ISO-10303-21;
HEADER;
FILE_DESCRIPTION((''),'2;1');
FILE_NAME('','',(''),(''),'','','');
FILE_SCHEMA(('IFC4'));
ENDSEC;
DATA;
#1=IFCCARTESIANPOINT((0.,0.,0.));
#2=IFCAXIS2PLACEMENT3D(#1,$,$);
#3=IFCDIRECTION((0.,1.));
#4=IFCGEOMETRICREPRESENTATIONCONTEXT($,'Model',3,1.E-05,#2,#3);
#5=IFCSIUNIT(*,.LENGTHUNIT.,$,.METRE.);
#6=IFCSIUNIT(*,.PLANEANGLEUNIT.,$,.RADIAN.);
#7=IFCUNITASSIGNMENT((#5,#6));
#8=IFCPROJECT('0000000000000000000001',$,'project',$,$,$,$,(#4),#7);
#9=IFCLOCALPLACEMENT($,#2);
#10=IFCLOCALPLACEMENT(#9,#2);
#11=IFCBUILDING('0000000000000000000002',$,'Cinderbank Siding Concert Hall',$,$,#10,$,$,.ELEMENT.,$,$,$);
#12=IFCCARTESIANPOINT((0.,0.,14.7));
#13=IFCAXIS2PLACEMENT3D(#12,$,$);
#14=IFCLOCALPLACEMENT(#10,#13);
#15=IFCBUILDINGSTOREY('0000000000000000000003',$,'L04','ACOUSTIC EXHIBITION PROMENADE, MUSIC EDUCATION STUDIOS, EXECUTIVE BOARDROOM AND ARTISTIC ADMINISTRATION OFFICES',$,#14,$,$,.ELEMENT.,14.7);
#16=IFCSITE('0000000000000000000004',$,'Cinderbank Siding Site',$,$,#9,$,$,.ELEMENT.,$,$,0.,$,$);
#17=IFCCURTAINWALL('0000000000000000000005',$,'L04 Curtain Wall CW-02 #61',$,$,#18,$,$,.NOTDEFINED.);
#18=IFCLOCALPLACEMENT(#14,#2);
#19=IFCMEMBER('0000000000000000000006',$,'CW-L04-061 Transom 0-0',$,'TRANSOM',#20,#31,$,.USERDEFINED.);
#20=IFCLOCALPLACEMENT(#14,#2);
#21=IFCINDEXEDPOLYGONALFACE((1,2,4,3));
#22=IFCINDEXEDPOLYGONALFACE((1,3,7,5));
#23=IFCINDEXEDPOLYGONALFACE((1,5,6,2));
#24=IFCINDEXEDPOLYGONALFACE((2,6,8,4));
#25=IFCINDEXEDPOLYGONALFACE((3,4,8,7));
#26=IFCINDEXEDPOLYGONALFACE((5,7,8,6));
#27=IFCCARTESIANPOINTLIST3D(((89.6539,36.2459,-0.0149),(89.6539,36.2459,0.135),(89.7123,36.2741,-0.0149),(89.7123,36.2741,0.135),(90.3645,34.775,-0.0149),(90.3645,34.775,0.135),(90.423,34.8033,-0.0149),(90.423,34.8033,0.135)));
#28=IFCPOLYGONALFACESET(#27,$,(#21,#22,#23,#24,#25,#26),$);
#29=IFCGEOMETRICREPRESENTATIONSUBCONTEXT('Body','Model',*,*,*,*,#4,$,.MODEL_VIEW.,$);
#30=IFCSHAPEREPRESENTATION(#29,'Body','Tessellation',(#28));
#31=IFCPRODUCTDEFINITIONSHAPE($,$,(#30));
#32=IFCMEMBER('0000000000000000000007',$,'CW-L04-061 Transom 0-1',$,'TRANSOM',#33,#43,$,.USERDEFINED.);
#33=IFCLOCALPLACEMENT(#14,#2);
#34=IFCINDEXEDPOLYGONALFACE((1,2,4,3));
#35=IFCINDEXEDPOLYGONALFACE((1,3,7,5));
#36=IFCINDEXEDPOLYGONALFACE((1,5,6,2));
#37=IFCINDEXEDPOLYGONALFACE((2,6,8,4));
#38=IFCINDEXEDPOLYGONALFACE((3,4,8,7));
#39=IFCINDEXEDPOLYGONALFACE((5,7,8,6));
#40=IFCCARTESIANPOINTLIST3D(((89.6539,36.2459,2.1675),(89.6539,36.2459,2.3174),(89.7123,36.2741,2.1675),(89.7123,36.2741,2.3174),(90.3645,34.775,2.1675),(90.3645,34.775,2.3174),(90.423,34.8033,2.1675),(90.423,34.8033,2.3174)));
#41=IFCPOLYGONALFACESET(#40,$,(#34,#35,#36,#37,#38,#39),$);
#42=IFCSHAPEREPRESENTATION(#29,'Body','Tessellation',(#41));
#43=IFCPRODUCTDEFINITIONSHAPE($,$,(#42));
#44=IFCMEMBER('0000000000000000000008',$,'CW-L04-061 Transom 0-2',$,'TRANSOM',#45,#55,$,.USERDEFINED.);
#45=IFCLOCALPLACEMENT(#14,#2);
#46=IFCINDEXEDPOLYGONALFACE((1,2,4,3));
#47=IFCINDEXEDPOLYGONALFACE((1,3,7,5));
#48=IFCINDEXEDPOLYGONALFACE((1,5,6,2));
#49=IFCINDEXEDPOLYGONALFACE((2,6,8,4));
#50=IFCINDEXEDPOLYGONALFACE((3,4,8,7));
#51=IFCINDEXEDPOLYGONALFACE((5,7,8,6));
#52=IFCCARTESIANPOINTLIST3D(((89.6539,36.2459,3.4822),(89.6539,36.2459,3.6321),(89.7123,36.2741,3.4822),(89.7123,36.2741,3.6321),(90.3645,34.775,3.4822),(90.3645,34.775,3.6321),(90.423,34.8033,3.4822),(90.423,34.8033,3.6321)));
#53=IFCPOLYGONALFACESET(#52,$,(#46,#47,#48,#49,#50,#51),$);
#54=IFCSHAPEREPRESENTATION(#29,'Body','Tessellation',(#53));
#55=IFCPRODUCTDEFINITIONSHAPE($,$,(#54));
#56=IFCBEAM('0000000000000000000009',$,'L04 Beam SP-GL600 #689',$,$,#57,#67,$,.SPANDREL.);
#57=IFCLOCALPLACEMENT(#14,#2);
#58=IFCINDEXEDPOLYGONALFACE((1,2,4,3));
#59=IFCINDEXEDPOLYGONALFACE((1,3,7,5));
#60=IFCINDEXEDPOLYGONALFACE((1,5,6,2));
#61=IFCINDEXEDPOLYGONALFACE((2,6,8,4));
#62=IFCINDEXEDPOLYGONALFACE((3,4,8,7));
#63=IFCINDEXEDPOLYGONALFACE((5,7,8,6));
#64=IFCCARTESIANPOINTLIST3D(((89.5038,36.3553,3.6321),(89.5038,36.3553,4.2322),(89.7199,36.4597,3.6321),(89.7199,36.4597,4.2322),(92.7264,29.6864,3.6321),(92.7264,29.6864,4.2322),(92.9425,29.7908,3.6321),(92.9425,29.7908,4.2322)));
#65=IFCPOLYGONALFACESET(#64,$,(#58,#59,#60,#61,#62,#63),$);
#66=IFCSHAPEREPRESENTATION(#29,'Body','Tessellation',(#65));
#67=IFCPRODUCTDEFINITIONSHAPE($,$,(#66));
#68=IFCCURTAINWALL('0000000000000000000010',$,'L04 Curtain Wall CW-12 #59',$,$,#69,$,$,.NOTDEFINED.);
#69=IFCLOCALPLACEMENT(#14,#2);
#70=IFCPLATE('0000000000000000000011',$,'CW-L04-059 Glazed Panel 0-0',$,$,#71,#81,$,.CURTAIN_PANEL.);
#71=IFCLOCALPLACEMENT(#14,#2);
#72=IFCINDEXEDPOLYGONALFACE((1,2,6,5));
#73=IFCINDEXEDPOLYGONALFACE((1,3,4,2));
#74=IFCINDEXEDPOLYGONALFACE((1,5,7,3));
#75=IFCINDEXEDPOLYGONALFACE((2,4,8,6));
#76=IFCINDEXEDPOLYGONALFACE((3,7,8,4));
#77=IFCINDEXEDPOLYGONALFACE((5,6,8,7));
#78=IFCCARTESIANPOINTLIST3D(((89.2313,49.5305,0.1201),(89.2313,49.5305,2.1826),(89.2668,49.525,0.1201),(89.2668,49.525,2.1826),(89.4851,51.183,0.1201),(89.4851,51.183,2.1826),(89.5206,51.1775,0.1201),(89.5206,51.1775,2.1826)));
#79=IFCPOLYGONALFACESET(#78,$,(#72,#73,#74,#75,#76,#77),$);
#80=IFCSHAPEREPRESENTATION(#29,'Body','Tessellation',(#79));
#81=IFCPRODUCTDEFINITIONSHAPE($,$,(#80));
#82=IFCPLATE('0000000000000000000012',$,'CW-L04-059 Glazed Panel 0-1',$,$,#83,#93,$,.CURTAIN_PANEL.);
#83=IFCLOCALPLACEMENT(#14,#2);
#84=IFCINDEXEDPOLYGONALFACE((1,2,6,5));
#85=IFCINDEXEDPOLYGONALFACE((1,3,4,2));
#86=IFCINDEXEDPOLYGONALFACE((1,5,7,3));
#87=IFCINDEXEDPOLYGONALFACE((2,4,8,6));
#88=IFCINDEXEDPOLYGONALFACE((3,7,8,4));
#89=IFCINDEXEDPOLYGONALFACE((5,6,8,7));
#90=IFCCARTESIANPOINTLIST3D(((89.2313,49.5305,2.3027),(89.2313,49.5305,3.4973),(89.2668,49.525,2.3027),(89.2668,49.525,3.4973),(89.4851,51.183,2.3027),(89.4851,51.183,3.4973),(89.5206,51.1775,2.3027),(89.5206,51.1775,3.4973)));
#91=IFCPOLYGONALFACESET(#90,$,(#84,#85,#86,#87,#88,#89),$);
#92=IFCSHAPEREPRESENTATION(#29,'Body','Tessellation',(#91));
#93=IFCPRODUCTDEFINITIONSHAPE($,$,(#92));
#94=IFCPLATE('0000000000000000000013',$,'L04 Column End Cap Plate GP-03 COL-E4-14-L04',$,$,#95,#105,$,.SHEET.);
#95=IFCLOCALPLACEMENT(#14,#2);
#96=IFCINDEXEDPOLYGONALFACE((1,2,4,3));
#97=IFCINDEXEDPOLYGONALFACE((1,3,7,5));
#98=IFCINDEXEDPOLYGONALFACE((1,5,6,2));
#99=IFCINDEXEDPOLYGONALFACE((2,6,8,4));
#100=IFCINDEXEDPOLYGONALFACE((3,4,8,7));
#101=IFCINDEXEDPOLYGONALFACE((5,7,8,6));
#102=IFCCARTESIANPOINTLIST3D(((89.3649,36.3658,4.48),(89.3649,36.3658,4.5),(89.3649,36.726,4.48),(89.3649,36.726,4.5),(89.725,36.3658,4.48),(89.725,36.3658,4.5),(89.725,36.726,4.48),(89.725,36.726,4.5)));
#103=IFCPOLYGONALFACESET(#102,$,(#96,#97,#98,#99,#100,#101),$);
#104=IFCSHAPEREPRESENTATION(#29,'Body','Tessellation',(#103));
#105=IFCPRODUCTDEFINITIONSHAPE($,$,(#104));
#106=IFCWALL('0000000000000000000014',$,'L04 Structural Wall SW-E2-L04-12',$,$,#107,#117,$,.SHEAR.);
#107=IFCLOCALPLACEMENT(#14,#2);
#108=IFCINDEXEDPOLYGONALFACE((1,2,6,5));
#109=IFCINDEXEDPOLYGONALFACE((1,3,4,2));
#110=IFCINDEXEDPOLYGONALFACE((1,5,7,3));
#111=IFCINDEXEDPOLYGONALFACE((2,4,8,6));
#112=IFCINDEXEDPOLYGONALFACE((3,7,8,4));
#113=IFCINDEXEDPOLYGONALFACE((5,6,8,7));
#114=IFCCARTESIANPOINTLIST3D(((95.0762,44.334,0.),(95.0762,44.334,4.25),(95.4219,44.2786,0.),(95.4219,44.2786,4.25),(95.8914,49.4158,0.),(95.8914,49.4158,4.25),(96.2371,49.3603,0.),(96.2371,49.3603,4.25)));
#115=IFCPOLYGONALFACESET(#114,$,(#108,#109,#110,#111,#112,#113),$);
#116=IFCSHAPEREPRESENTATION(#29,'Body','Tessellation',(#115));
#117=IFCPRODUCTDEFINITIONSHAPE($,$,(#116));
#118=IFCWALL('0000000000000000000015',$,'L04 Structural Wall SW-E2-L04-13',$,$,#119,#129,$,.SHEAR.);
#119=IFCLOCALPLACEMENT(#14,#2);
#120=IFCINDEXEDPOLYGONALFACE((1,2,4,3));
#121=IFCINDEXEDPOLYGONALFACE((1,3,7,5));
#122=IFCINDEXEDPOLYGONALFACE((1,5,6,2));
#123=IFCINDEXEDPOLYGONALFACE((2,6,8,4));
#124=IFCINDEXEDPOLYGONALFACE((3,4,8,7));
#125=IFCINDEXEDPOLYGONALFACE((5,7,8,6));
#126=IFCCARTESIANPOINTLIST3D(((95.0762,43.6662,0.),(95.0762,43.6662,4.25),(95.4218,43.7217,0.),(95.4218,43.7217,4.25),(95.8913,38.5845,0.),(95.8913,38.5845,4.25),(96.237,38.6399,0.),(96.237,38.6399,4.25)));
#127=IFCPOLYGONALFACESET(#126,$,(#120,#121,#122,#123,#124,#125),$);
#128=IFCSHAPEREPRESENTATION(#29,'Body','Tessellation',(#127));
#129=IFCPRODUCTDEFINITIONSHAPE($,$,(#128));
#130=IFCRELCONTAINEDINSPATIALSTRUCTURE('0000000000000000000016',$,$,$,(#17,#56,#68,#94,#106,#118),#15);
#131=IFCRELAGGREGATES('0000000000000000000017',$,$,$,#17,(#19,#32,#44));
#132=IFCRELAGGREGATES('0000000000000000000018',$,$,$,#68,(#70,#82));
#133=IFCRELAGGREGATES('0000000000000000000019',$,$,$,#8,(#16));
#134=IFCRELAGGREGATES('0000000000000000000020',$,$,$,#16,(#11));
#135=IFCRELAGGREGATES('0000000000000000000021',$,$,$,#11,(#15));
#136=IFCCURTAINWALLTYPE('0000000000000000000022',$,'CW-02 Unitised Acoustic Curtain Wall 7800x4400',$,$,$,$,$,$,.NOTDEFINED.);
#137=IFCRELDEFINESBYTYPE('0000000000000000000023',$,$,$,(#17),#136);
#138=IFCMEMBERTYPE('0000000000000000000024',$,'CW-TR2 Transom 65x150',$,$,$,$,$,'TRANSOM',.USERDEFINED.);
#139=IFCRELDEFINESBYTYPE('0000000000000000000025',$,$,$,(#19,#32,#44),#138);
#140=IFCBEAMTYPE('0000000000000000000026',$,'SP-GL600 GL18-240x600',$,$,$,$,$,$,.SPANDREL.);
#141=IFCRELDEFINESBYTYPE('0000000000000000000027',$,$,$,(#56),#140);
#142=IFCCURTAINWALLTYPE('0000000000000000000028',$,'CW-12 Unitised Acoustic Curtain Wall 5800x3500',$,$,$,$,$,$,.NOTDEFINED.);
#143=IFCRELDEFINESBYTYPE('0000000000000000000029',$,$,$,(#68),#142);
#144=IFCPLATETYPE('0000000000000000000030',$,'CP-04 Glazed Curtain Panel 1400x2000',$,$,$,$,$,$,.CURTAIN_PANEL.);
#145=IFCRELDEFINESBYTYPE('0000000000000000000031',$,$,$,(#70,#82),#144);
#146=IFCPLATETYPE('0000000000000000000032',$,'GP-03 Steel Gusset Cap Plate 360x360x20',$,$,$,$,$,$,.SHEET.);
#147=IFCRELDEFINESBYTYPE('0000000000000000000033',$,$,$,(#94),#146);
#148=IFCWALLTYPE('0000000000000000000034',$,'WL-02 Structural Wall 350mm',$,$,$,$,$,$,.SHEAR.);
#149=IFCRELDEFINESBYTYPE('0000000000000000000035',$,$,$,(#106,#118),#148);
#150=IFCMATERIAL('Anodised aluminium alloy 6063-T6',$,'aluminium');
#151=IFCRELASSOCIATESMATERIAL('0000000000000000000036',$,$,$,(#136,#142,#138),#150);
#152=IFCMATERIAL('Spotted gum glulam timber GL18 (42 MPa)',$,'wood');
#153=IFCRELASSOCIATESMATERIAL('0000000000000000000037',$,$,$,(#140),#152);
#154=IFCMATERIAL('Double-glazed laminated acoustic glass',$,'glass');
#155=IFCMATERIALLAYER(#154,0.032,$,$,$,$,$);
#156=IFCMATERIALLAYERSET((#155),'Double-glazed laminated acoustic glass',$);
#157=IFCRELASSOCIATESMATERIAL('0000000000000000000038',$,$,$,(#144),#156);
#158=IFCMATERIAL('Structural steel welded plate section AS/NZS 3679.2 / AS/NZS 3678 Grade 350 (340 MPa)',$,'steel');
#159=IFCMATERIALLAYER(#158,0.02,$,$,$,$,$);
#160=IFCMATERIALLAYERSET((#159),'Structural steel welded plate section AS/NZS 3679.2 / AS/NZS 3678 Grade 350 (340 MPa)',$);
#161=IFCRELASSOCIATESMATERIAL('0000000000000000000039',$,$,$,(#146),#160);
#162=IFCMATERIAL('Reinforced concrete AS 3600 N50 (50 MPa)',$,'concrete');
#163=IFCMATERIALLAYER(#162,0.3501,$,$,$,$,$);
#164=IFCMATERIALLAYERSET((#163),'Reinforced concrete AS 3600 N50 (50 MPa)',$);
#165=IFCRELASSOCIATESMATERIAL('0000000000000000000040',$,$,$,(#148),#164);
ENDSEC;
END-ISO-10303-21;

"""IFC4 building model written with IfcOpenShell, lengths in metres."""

from ifc_helpers import new_model, si_unit, direction, frame, frame_2d, origin, origin_2d, place, context, subcontext, project, spatial, rectangle, extrude, material, layer, layer_set, material_profile, profile_set, type_object, element, aggregate, save


model = new_model("IFC4")

# Units and contexts
model_context = context("Model", 3, precision=1e-05, world=origin(), true_north=direction((0.0, 1.0)))
body_context = subcontext(model_context, "Body", "Model", "MODEL_VIEW")
ifc_project = project(units=[si_unit("LENGTHUNIT", "METRE"), si_unit("PLANEANGLEUNIT", "RADIAN")], contexts=[model_context])

# Site, building, storey
site_placement = place(None, origin())
site = spatial("IfcSite", under=ifc_project, at=site_placement, Name="Cinderbank Siding Site", CompositionType="ELEMENT", RefElevation=0.0)
building_placement = place(site_placement, origin())
building = spatial("IfcBuilding", under=site, at=building_placement, Name="Cinderbank Siding Concert Hall", CompositionType="ELEMENT")
storey_placement = place(building_placement, frame((0.0, 0.0, 14.7)))
storey = spatial("IfcBuildingStorey", under=building, at=storey_placement, Name="L04", Description="ACOUSTIC EXHIBITION PROMENADE, MUSIC EDUCATION STUDIOS, EXECUTIVE BOARDROOM AND ARTISTIC ADMINISTRATION OFFICES", CompositionType="ELEMENT", Elevation=14.7)

# Shared definitions
ifc_material_1 = material(Name="Reinforced concrete AS 3600 N50 (50 MPa)", Category="concrete")

# Shared definitions
ifc_material_2 = material(Name="Anodised aluminium alloy 6063-T6", Category="aluminium")

# Curtain wall, members
curtain_wall_type_1 = type_object("IfcCurtainWallType", Name="CW-02 Unitised Acoustic Curtain Wall 7800x4400", PredefinedType="NOTDEFINED", material=ifc_material_2)
curtain_wall_1_placement = place(storey_placement, origin())
curtain_wall_1 = element("IfcCurtainWall", 1, at=curtain_wall_1_placement, inside=storey, type_object=curtain_wall_type_1, Name="L04 Curtain Wall CW-02 #61", PredefinedType="NOTDEFINED")
ifc_material_profile_1 = material_profile(ifc_material_2, rectangle(XDim=0.0649, YDim=0.1499, at=origin_2d()), Name="ALU-TRAN-65x150", Category="LoadBearing")
ifc_profile_set_1 = profile_set([ifc_material_profile_1], Name="Anodised aluminium alloy 6063-T6")
member_type_1 = type_object("IfcMemberType", Name="CW-TR2 Transom 65x150", ElementType="TRANSOM", PredefinedType="USERDEFINED", material=ifc_profile_set_1)
member_1_placement = place(storey_placement, frame((89.6831, 36.26, 0.0601), z_axis=(0.435037, -0.900412, 0.0), x_axis=(0.900412, 0.435037, 0.0)))
member_1 = element("IfcMember", 2, at=member_1_placement, type_object=member_type_1, Name="CW-L04-061 Transom 0-0", ObjectType="TRANSOM", PredefinedType="USERDEFINED", context=body_context, shape_type="SweptSolid", body=[
    extrude(rectangle(XDim=0.0649, YDim=0.1499, at=origin_2d()), origin(), (0.0, 0.0, 1.0), 1.6335),
])
member_2_placement = place(storey_placement, frame((89.6831, 36.26, 2.2424), z_axis=(0.435037, -0.900412, 0.0), x_axis=(0.900412, 0.435037, 0.0)))
member_2 = element("IfcMember", 3, at=member_2_placement, type_object=member_type_1, Name="CW-L04-061 Transom 0-1", ObjectType="TRANSOM", PredefinedType="USERDEFINED", context=body_context, shape_type="SweptSolid", body=[
    extrude(rectangle(XDim=0.0649, YDim=0.1499, at=origin_2d()), origin(), (0.0, 0.0, 1.0), 1.6335),
])
member_3_placement = place(storey_placement, frame((89.6831, 36.26, 3.5571), z_axis=(0.435037, -0.900412, 0.0), x_axis=(0.900412, 0.435037, 0.0)))
member_3 = element("IfcMember", 4, at=member_3_placement, type_object=member_type_1, Name="CW-L04-061 Transom 0-2", ObjectType="TRANSOM", PredefinedType="USERDEFINED", context=body_context, shape_type="SweptSolid", body=[
    extrude(rectangle(XDim=0.0649, YDim=0.1499, at=origin_2d()), origin(), (0.0, 0.0, 1.0), 1.6335),
])
aggregate(curtain_wall_1, [member_1, member_2, member_3])

# Beam
ifc_material_3 = material(Name="Spotted gum glulam timber GL18 (42 MPa)", Category="wood")
ifc_material_profile_2 = material_profile(ifc_material_3, rectangle(XDim=0.24, YDim=0.6001, at=origin_2d()), Name="GL18-240x600", Category="LoadBearing")
ifc_profile_set_2 = profile_set([ifc_material_profile_2], Name="Spotted gum glulam timber GL18 (42 MPa)")
beam_type_1 = type_object("IfcBeamType", Name="SP-GL600 GL18-240x600", PredefinedType="SPANDREL", material=ifc_profile_set_2)
beam_1_placement = place(storey_placement, frame((89.6118, 36.4075, 3.9321), z_axis=(0.435096, -0.900384, 0.0), x_axis=(0.900384, 0.435096, 0.0)))
element("IfcBeam", 5, at=beam_1_placement, inside=storey, type_object=beam_type_1, Name="L04 Beam SP-GL600 #689", PredefinedType="SPANDREL", context=body_context, shape_type="SweptSolid", body=[
    extrude(rectangle(XDim=0.24, YDim=0.6001, at=origin_2d()), origin(), (0.0, 0.0, 1.0), 7.4067),
])

# Curtain wall, plates
curtain_wall_type_2 = type_object("IfcCurtainWallType", Name="CW-12 Unitised Acoustic Curtain Wall 5800x3500", PredefinedType="NOTDEFINED", material=ifc_material_2)
curtain_wall_2_placement = place(storey_placement, origin())
curtain_wall_2 = element("IfcCurtainWall", 6, at=curtain_wall_2_placement, inside=storey, type_object=curtain_wall_type_2, Name="L04 Curtain Wall CW-12 #59", PredefinedType="NOTDEFINED")
ifc_material_4 = material(Name="Double-glazed laminated acoustic glass", Category="glass")
ifc_layer_1 = layer(ifc_material_4, 0.032)
ifc_layer_set_1 = layer_set([ifc_layer_1], Name="Double-glazed laminated acoustic glass")
plate_type_1 = type_object("IfcPlateType", Name="CP-04 Glazed Curtain Panel 1400x2000", PredefinedType="CURTAIN_PANEL", material=ifc_layer_set_1)
plate_1_placement = place(storey_placement, frame((89.376, 50.354, 0.1201), z_axis=(0.0, 0.0, 1.0), x_axis=(-0.151815, -0.988409, 0.0)))
plate_1 = element("IfcPlate", 7, at=plate_1_placement, type_object=plate_type_1, Name="CW-L04-059 Glazed Panel 0-0", PredefinedType="CURTAIN_PANEL", context=body_context, shape_type="SweptSolid", body=[
    extrude(rectangle(XDim=1.6719, YDim=0.0359, at=origin_2d()), origin(), (0.0, 0.0, 1.0), 2.0625),
])
plate_2_placement = place(storey_placement, frame((89.376, 50.354, 2.3027), z_axis=(0.0, 0.0, 1.0), x_axis=(-0.151815, -0.988409, 0.0)))
plate_2 = element("IfcPlate", 8, at=plate_2_placement, type_object=plate_type_1, Name="CW-L04-059 Glazed Panel 0-1", PredefinedType="CURTAIN_PANEL", context=body_context, shape_type="SweptSolid", body=[
    extrude(rectangle(XDim=1.6719, YDim=0.0359, at=origin_2d()), origin(), (0.0, 0.0, 1.0), 1.1946),
])
aggregate(curtain_wall_2, [plate_1, plate_2])

# Plate
ifc_material_5 = material(Name="Structural steel welded plate section AS/NZS 3679.2 / AS/NZS 3678 Grade 350 (340 MPa)", Category="steel")
ifc_layer_2 = layer(ifc_material_5, 0.02)
ifc_layer_set_2 = layer_set([ifc_layer_2], Name="Structural steel welded plate section AS/NZS 3679.2 / AS/NZS 3678 Grade 350 (340 MPa)")
plate_type_2 = type_object("IfcPlateType", Name="GP-03 Steel Gusset Cap Plate 360x360x20", PredefinedType="SHEET", material=ifc_layer_set_2)
plate_3_placement = place(storey_placement, frame((89.5449, 36.5459, 4.48), z_axis=(0.0, 0.0, 1.0), x_axis=(1.0, 0.0, 0.0)))
element("IfcPlate", 9, at=plate_3_placement, inside=storey, type_object=plate_type_2, Name="L04 Column End Cap Plate GP-03 COL-E4-14-L04", PredefinedType="SHEET", context=body_context, shape_type="SweptSolid", body=[
    extrude(rectangle(XDim=0.3601, YDim=0.3601, at=origin_2d()), origin(), (0.0, 0.0, 1.0), 0.02),
])

# Walls
ifc_layer_3 = layer(ifc_material_1, 0.3501)
ifc_layer_set_3 = layer_set([ifc_layer_3], Name="Reinforced concrete AS 3600 N50 (50 MPa)")
wall_type = type_object("IfcWallType", Name="WL-02 Structural Wall 350mm", PredefinedType="SHEAR", material=ifc_layer_set_3)
for number, where, z_axis, x_axis, name in (
    (10, (96.0642, 49.3879, 0.0), (0.0, 0.0, 1.0), (-0.158388, -0.987377, 0.0), "L04 Structural Wall SW-E2-L04-12"),
    (11, (95.249, 43.6938, 0.0), (0.0, 0.0, 1.0), (0.158388, -0.987377, 0.0), "L04 Structural Wall SW-E2-L04-13"),
):
    element("IfcWall", number, at=place(storey_placement, frame(where, z_axis=z_axis, x_axis=x_axis)), inside=storey, type_object=wall_type, Name=name, PredefinedType="SHEAR", context=body_context, shape_type="SweptSolid", body=[
        extrude(rectangle(XDim=5.1467, YDim=0.3501, at=frame_2d((2.5732, 0.0))), origin(), (0.0, 0.0, 1.0), 4.25),
    ])

save(model, "model.ifc")
